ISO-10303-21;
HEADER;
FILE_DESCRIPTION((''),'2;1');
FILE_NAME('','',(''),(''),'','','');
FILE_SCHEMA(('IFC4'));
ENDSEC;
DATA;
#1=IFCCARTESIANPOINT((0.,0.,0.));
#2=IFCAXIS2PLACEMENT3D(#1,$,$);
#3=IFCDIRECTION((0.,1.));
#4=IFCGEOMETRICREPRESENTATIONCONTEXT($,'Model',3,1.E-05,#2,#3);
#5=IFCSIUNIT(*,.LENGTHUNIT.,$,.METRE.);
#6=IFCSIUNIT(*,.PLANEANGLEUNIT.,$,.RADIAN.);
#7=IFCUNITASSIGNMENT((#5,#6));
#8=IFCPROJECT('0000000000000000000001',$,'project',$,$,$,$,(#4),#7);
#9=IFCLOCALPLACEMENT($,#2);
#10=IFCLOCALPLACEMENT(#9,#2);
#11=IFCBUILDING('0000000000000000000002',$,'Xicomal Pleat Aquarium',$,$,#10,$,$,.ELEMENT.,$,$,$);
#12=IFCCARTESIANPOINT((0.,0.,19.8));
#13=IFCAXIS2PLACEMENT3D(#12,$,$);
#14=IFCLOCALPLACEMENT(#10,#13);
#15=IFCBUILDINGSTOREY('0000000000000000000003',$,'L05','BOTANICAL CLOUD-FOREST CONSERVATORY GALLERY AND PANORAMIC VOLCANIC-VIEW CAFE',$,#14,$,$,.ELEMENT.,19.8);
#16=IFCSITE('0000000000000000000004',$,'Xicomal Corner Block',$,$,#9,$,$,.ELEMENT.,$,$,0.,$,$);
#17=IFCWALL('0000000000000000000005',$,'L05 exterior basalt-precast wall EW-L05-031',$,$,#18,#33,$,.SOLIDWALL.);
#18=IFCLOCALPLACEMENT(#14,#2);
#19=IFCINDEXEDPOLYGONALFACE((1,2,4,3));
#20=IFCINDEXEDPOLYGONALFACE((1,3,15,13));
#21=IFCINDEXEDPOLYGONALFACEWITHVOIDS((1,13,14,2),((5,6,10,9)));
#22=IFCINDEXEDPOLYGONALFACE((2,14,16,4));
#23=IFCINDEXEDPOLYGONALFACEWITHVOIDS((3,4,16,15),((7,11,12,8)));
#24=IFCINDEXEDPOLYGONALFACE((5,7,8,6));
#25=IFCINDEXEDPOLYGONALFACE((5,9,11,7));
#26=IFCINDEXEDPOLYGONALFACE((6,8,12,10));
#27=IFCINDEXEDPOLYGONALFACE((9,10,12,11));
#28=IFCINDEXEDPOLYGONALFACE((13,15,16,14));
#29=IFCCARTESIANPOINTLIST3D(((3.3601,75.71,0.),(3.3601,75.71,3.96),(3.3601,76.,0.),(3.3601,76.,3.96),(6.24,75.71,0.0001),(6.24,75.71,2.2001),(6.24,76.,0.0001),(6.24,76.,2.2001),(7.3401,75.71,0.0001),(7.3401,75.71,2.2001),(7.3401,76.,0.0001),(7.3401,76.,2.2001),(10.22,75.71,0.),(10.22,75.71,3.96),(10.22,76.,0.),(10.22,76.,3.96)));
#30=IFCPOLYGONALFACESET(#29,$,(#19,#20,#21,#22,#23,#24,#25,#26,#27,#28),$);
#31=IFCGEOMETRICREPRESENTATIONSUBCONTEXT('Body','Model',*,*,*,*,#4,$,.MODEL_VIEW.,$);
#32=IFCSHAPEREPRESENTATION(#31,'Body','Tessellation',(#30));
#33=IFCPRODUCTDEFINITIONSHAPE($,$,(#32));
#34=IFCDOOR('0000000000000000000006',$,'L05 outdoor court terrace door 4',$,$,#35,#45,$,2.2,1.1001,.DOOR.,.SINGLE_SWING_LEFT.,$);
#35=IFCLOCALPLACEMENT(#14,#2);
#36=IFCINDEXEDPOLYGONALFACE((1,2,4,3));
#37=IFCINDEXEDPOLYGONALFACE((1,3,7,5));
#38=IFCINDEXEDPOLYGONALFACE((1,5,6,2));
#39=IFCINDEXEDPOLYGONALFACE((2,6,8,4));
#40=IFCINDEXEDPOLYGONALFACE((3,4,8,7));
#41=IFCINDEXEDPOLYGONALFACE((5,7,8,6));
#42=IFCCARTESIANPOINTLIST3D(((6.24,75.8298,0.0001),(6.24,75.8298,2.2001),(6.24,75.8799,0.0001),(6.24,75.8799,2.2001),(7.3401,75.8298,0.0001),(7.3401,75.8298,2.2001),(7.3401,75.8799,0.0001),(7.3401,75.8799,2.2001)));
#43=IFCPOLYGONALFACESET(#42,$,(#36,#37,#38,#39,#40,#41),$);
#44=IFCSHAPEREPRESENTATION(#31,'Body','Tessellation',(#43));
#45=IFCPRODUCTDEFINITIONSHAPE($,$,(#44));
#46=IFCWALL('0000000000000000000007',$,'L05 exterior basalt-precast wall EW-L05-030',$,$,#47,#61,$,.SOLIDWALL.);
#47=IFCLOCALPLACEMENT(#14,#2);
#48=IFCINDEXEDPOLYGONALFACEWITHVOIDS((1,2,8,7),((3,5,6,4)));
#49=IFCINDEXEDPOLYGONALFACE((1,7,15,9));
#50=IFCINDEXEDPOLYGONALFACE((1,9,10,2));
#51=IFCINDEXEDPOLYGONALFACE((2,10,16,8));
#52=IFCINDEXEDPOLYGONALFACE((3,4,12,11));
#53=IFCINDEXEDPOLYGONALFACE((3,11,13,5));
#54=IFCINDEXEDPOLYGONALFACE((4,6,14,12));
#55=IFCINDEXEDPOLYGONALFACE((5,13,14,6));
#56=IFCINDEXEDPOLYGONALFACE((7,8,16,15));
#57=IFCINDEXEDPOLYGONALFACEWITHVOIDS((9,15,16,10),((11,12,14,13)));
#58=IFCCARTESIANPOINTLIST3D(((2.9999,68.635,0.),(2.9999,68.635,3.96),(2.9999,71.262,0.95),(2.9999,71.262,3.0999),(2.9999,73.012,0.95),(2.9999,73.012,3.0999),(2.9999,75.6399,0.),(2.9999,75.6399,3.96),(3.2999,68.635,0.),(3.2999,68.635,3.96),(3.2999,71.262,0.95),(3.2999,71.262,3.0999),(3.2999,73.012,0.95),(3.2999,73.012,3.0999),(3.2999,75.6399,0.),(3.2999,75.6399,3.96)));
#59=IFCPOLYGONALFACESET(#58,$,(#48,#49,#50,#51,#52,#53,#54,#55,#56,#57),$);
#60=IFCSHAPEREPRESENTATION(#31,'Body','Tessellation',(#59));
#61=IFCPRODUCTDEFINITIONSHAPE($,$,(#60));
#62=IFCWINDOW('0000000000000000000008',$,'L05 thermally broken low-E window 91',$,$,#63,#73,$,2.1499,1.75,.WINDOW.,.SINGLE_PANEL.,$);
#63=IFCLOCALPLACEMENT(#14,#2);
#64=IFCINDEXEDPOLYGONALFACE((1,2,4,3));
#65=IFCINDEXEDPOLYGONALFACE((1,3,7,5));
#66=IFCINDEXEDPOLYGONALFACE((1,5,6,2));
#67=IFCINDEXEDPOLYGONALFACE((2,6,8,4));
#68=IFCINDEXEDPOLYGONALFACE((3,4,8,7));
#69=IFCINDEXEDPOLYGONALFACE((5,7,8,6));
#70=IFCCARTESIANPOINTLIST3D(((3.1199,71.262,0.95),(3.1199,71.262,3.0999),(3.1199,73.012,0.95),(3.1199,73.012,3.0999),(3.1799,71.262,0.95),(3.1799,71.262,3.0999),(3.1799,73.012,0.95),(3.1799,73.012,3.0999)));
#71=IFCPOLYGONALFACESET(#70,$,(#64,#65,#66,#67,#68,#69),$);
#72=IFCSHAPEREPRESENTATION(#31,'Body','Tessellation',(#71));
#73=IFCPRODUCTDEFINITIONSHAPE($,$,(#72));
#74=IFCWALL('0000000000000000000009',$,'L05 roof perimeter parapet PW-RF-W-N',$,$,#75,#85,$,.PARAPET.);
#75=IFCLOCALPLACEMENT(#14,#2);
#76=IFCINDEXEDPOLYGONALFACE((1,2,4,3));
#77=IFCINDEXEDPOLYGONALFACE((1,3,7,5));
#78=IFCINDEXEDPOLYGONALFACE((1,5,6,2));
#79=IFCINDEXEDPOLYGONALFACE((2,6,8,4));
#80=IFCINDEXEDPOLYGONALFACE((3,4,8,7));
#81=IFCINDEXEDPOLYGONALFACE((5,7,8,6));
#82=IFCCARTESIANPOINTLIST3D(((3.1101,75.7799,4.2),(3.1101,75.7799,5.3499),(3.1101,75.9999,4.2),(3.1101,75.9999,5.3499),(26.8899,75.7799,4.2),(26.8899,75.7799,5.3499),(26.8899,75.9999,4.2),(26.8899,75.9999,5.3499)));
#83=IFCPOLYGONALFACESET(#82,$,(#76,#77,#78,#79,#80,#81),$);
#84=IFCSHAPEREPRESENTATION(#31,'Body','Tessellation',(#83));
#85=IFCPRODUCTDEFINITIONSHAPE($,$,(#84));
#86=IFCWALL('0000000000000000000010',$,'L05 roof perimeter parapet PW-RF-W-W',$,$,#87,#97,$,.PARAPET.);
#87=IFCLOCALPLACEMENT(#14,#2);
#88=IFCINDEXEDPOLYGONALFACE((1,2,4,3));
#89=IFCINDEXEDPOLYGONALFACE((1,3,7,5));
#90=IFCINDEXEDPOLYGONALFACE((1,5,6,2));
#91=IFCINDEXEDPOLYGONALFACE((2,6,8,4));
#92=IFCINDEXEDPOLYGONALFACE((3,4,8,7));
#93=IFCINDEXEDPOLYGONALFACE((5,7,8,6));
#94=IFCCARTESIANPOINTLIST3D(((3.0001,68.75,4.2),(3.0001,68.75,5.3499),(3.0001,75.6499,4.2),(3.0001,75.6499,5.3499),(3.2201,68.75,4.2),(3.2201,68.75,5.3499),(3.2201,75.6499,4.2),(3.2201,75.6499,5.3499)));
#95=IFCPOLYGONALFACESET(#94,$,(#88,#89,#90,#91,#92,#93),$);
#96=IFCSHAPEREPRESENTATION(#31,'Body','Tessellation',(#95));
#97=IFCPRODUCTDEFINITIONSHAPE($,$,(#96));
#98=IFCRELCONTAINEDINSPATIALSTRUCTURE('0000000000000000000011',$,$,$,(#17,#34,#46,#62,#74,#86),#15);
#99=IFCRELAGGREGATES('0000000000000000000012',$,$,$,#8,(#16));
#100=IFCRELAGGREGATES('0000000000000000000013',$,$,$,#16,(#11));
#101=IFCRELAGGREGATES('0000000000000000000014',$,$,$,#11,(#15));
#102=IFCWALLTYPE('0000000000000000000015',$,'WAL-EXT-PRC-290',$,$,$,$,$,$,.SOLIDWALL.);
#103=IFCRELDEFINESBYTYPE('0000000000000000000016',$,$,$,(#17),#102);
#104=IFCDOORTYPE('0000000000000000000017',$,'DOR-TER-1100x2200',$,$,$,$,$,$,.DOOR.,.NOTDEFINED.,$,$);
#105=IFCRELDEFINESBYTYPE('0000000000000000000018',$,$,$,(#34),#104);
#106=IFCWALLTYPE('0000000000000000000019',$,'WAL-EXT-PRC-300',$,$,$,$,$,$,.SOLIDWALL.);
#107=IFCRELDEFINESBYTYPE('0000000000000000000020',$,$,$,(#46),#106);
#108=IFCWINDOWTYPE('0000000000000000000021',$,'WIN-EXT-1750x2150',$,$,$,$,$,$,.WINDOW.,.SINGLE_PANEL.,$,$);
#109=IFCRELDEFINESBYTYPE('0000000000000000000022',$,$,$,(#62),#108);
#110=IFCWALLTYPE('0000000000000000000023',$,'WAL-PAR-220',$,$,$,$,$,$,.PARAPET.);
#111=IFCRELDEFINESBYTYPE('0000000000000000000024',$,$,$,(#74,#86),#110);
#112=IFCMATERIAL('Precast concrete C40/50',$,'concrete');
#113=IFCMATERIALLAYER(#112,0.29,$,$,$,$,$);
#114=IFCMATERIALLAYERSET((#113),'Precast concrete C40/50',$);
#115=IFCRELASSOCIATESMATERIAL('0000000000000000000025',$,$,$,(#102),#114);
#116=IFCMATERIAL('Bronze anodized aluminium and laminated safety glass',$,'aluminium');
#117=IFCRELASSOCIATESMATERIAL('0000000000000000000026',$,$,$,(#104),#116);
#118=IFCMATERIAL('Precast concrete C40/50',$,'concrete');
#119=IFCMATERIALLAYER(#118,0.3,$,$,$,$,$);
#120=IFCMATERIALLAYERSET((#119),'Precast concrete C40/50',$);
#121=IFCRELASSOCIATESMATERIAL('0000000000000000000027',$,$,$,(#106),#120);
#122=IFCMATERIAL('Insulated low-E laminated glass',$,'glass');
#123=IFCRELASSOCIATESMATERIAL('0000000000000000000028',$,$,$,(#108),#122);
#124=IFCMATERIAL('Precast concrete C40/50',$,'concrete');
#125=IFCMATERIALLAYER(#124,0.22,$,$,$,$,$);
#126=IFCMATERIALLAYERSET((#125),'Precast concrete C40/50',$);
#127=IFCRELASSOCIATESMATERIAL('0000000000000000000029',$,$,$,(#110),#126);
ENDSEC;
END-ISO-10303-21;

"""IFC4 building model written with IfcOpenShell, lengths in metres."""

from ifc_helpers import new_model, si_unit, direction, frame, frame_2d, origin, place, context, subcontext, project, spatial, rectangle, extrude, material, layer, layer_set, type_object, element, fill, save


model = new_model("IFC4")

# Units and contexts
model_context = context("Model", 3, precision=1e-05, world=origin(), true_north=direction((0.0, 1.0)))
body_context = subcontext(model_context, "Body", "Model", "MODEL_VIEW")
ifc_project = project(units=[si_unit("LENGTHUNIT", "METRE"), si_unit("PLANEANGLEUNIT", "RADIAN")], contexts=[model_context])

# Site, building, storey
site_placement = place(None, origin())
site = spatial("IfcSite", under=ifc_project, at=site_placement, Name="Xicomal Corner Block", CompositionType="ELEMENT", RefElevation=0.0)
building_placement = place(site_placement, origin())
building = spatial("IfcBuilding", under=site, at=building_placement, Name="Xicomal Pleat Aquarium", CompositionType="ELEMENT")
storey_placement = place(building_placement, frame((0.0, 0.0, 19.8)))
storey = spatial("IfcBuildingStorey", under=building, at=storey_placement, Name="L05", Description="BOTANICAL CLOUD-FOREST CONSERVATORY GALLERY AND PANORAMIC VOLCANIC-VIEW CAFE", CompositionType="ELEMENT", Elevation=19.8)

# Wall, opening, door
ifc_material_1 = material(Name="Precast concrete C40/50", Category="concrete")
ifc_layer_1 = layer(ifc_material_1, 0.29)
ifc_layer_set_1 = layer_set([ifc_layer_1], Name="Precast concrete C40/50")
wall_type_1 = type_object("IfcWallType", Name="WAL-EXT-PRC-290", PredefinedType="SOLIDWALL", material=ifc_layer_set_1)
wall_1_placement = place(storey_placement, frame((3.3601, 75.855, 0.0), z_axis=(0.0, 0.0, 1.0), x_axis=(1.0, 0.0, 0.0)))
wall_1 = element("IfcWall", 1, at=wall_1_placement, inside=storey, type_object=wall_type_1, Name="L05 exterior basalt-precast wall EW-L05-031", PredefinedType="SOLIDWALL", context=body_context, shape_type="SweptSolid", body=[
    extrude(rectangle(XDim=6.8599, YDim=0.29, at=frame_2d((3.4299, 0.0))), origin(), (0.0, 0.0, 1.0), 3.96),
])
opening_1_placement = place(wall_1_placement, frame((2.8799, 0.0, 0.0)))
opening_1 = element("IfcOpeningElement", 2, at=opening_1_placement, cuts=wall_1, PredefinedType="OPENING", context=body_context, shape_type="SweptSolid", body=[
    extrude(rectangle(XDim=1.1001, YDim=2.2, at=frame_2d((0.55, 1.1001))), frame((0.0, 0.155, 0.0), z_axis=(0.0, -1.0, 0.0), x_axis=(1.0, 0.0, 0.0)), (0.0, 0.0, 1.0), 0.3101),
])
ifc_material_2 = material(Name="Bronze anodized aluminium and laminated safety glass", Category="aluminium")
door_type = type_object("IfcDoorType", Name="DOR-TER-1100x2200", OperationType="NOTDEFINED", PredefinedType="DOOR", material=ifc_material_2)
door_placement = place(opening_1_placement, origin())
door = element("IfcDoor", 3, at=door_placement, inside=storey, type_object=door_type, Name="L05 outdoor court terrace door 4", OperationType="SINGLE_SWING_LEFT", OverallHeight=2.2, OverallWidth=1.1001, PredefinedType="DOOR", context=body_context, shape_type="SweptSolid", body=[
    extrude(rectangle(XDim=1.1001, YDim=2.2, at=frame_2d((0.55, 1.1001))), frame((0.0, 0.0249, 0.0), z_axis=(0.0, -1.0, 0.0), x_axis=(1.0, 0.0, 0.0)), (0.0, 0.0, 1.0), 0.05),
])
fill(opening_1, door)

# Wall, opening, window
ifc_material_3 = material(Name="Precast concrete C40/50", Category="concrete")
ifc_layer_2 = layer(ifc_material_3, 0.3)
ifc_layer_set_2 = layer_set([ifc_layer_2], Name="Precast concrete C40/50")
wall_type_2 = type_object("IfcWallType", Name="WAL-EXT-PRC-300", PredefinedType="SOLIDWALL", material=ifc_layer_set_2)
wall_2_placement = place(storey_placement, frame((3.1499, 68.635, 0.0), z_axis=(0.0, 0.0, 1.0), x_axis=(0.0, 1.0, 0.0)))
wall_2 = element("IfcWall", 4, at=wall_2_placement, inside=storey, type_object=wall_type_2, Name="L05 exterior basalt-precast wall EW-L05-030", PredefinedType="SOLIDWALL", context=body_context, shape_type="SweptSolid", body=[
    extrude(rectangle(XDim=7.0049, YDim=0.3, at=frame_2d((3.5024, 0.0))), origin(), (0.0, 0.0, 1.0), 3.96),
])
opening_2_placement = place(wall_2_placement, frame((2.627, 0.0, 0.95)))
opening_2 = element("IfcOpeningElement", 5, at=opening_2_placement, cuts=wall_2, PredefinedType="OPENING", context=body_context, shape_type="SweptSolid", body=[
    extrude(rectangle(XDim=1.75, YDim=2.1499, at=frame_2d((0.875, 1.075))), frame((0.0, 0.1599, 0.0), z_axis=(0.0, -1.0, 0.0), x_axis=(1.0, 0.0, 0.0)), (0.0, 0.0, 1.0), 0.3201),
])
ifc_material_4 = material(Name="Insulated low-E laminated glass", Category="glass")
window_type = type_object("IfcWindowType", Name="WIN-EXT-1750x2150", PartitioningType="SINGLE_PANEL", PredefinedType="WINDOW", material=ifc_material_4)
window_placement = place(opening_2_placement, origin())
window = element("IfcWindow", 6, at=window_placement, inside=storey, type_object=window_type, Name="L05 thermally broken low-E window 91", OverallHeight=2.1499, OverallWidth=1.75, PartitioningType="SINGLE_PANEL", PredefinedType="WINDOW", context=body_context, shape_type="SweptSolid", body=[
    extrude(rectangle(XDim=1.75, YDim=2.1499, at=frame_2d((0.875, 1.075))), frame((0.0, 0.03, 0.0), z_axis=(0.0, -1.0, 0.0), x_axis=(1.0, 0.0, 0.0)), (0.0, 0.0, 1.0), 0.0601),
])
fill(opening_2, window)

# Walls
ifc_material_5 = material(Name="Precast concrete C40/50", Category="concrete")
ifc_layer_3 = layer(ifc_material_5, 0.22)
ifc_layer_set_3 = layer_set([ifc_layer_3], Name="Precast concrete C40/50")
wall_type_3 = type_object("IfcWallType", Name="WAL-PAR-220", PredefinedType="PARAPET", material=ifc_layer_set_3)
wall_3_placement = place(storey_placement, frame((3.1101, 75.8899, 4.2), z_axis=(0.0, 0.0, 1.0), x_axis=(1.0, 0.0, 0.0)))
element("IfcWall", 7, at=wall_3_placement, inside=storey, type_object=wall_type_3, Name="L05 roof perimeter parapet PW-RF-W-N", PredefinedType="PARAPET", context=body_context, shape_type="SweptSolid", body=[
    extrude(rectangle(XDim=23.7798, YDim=0.22, at=frame_2d((11.8899, 0.0))), origin(), (0.0, 0.0, 1.0), 1.1499),
])
wall_4_placement = place(storey_placement, frame((3.1101, 68.75, 4.2), z_axis=(0.0, 0.0, 1.0), x_axis=(0.0, 1.0, 0.0)))
element("IfcWall", 8, at=wall_4_placement, inside=storey, type_object=wall_type_3, Name="L05 roof perimeter parapet PW-RF-W-W", PredefinedType="PARAPET", context=body_context, shape_type="SweptSolid", body=[
    extrude(rectangle(XDim=6.8999, YDim=0.22, at=frame_2d((3.45, 0.0))), origin(), (0.0, 0.0, 1.0), 1.1499),
])

save(model, "model.ifc")
